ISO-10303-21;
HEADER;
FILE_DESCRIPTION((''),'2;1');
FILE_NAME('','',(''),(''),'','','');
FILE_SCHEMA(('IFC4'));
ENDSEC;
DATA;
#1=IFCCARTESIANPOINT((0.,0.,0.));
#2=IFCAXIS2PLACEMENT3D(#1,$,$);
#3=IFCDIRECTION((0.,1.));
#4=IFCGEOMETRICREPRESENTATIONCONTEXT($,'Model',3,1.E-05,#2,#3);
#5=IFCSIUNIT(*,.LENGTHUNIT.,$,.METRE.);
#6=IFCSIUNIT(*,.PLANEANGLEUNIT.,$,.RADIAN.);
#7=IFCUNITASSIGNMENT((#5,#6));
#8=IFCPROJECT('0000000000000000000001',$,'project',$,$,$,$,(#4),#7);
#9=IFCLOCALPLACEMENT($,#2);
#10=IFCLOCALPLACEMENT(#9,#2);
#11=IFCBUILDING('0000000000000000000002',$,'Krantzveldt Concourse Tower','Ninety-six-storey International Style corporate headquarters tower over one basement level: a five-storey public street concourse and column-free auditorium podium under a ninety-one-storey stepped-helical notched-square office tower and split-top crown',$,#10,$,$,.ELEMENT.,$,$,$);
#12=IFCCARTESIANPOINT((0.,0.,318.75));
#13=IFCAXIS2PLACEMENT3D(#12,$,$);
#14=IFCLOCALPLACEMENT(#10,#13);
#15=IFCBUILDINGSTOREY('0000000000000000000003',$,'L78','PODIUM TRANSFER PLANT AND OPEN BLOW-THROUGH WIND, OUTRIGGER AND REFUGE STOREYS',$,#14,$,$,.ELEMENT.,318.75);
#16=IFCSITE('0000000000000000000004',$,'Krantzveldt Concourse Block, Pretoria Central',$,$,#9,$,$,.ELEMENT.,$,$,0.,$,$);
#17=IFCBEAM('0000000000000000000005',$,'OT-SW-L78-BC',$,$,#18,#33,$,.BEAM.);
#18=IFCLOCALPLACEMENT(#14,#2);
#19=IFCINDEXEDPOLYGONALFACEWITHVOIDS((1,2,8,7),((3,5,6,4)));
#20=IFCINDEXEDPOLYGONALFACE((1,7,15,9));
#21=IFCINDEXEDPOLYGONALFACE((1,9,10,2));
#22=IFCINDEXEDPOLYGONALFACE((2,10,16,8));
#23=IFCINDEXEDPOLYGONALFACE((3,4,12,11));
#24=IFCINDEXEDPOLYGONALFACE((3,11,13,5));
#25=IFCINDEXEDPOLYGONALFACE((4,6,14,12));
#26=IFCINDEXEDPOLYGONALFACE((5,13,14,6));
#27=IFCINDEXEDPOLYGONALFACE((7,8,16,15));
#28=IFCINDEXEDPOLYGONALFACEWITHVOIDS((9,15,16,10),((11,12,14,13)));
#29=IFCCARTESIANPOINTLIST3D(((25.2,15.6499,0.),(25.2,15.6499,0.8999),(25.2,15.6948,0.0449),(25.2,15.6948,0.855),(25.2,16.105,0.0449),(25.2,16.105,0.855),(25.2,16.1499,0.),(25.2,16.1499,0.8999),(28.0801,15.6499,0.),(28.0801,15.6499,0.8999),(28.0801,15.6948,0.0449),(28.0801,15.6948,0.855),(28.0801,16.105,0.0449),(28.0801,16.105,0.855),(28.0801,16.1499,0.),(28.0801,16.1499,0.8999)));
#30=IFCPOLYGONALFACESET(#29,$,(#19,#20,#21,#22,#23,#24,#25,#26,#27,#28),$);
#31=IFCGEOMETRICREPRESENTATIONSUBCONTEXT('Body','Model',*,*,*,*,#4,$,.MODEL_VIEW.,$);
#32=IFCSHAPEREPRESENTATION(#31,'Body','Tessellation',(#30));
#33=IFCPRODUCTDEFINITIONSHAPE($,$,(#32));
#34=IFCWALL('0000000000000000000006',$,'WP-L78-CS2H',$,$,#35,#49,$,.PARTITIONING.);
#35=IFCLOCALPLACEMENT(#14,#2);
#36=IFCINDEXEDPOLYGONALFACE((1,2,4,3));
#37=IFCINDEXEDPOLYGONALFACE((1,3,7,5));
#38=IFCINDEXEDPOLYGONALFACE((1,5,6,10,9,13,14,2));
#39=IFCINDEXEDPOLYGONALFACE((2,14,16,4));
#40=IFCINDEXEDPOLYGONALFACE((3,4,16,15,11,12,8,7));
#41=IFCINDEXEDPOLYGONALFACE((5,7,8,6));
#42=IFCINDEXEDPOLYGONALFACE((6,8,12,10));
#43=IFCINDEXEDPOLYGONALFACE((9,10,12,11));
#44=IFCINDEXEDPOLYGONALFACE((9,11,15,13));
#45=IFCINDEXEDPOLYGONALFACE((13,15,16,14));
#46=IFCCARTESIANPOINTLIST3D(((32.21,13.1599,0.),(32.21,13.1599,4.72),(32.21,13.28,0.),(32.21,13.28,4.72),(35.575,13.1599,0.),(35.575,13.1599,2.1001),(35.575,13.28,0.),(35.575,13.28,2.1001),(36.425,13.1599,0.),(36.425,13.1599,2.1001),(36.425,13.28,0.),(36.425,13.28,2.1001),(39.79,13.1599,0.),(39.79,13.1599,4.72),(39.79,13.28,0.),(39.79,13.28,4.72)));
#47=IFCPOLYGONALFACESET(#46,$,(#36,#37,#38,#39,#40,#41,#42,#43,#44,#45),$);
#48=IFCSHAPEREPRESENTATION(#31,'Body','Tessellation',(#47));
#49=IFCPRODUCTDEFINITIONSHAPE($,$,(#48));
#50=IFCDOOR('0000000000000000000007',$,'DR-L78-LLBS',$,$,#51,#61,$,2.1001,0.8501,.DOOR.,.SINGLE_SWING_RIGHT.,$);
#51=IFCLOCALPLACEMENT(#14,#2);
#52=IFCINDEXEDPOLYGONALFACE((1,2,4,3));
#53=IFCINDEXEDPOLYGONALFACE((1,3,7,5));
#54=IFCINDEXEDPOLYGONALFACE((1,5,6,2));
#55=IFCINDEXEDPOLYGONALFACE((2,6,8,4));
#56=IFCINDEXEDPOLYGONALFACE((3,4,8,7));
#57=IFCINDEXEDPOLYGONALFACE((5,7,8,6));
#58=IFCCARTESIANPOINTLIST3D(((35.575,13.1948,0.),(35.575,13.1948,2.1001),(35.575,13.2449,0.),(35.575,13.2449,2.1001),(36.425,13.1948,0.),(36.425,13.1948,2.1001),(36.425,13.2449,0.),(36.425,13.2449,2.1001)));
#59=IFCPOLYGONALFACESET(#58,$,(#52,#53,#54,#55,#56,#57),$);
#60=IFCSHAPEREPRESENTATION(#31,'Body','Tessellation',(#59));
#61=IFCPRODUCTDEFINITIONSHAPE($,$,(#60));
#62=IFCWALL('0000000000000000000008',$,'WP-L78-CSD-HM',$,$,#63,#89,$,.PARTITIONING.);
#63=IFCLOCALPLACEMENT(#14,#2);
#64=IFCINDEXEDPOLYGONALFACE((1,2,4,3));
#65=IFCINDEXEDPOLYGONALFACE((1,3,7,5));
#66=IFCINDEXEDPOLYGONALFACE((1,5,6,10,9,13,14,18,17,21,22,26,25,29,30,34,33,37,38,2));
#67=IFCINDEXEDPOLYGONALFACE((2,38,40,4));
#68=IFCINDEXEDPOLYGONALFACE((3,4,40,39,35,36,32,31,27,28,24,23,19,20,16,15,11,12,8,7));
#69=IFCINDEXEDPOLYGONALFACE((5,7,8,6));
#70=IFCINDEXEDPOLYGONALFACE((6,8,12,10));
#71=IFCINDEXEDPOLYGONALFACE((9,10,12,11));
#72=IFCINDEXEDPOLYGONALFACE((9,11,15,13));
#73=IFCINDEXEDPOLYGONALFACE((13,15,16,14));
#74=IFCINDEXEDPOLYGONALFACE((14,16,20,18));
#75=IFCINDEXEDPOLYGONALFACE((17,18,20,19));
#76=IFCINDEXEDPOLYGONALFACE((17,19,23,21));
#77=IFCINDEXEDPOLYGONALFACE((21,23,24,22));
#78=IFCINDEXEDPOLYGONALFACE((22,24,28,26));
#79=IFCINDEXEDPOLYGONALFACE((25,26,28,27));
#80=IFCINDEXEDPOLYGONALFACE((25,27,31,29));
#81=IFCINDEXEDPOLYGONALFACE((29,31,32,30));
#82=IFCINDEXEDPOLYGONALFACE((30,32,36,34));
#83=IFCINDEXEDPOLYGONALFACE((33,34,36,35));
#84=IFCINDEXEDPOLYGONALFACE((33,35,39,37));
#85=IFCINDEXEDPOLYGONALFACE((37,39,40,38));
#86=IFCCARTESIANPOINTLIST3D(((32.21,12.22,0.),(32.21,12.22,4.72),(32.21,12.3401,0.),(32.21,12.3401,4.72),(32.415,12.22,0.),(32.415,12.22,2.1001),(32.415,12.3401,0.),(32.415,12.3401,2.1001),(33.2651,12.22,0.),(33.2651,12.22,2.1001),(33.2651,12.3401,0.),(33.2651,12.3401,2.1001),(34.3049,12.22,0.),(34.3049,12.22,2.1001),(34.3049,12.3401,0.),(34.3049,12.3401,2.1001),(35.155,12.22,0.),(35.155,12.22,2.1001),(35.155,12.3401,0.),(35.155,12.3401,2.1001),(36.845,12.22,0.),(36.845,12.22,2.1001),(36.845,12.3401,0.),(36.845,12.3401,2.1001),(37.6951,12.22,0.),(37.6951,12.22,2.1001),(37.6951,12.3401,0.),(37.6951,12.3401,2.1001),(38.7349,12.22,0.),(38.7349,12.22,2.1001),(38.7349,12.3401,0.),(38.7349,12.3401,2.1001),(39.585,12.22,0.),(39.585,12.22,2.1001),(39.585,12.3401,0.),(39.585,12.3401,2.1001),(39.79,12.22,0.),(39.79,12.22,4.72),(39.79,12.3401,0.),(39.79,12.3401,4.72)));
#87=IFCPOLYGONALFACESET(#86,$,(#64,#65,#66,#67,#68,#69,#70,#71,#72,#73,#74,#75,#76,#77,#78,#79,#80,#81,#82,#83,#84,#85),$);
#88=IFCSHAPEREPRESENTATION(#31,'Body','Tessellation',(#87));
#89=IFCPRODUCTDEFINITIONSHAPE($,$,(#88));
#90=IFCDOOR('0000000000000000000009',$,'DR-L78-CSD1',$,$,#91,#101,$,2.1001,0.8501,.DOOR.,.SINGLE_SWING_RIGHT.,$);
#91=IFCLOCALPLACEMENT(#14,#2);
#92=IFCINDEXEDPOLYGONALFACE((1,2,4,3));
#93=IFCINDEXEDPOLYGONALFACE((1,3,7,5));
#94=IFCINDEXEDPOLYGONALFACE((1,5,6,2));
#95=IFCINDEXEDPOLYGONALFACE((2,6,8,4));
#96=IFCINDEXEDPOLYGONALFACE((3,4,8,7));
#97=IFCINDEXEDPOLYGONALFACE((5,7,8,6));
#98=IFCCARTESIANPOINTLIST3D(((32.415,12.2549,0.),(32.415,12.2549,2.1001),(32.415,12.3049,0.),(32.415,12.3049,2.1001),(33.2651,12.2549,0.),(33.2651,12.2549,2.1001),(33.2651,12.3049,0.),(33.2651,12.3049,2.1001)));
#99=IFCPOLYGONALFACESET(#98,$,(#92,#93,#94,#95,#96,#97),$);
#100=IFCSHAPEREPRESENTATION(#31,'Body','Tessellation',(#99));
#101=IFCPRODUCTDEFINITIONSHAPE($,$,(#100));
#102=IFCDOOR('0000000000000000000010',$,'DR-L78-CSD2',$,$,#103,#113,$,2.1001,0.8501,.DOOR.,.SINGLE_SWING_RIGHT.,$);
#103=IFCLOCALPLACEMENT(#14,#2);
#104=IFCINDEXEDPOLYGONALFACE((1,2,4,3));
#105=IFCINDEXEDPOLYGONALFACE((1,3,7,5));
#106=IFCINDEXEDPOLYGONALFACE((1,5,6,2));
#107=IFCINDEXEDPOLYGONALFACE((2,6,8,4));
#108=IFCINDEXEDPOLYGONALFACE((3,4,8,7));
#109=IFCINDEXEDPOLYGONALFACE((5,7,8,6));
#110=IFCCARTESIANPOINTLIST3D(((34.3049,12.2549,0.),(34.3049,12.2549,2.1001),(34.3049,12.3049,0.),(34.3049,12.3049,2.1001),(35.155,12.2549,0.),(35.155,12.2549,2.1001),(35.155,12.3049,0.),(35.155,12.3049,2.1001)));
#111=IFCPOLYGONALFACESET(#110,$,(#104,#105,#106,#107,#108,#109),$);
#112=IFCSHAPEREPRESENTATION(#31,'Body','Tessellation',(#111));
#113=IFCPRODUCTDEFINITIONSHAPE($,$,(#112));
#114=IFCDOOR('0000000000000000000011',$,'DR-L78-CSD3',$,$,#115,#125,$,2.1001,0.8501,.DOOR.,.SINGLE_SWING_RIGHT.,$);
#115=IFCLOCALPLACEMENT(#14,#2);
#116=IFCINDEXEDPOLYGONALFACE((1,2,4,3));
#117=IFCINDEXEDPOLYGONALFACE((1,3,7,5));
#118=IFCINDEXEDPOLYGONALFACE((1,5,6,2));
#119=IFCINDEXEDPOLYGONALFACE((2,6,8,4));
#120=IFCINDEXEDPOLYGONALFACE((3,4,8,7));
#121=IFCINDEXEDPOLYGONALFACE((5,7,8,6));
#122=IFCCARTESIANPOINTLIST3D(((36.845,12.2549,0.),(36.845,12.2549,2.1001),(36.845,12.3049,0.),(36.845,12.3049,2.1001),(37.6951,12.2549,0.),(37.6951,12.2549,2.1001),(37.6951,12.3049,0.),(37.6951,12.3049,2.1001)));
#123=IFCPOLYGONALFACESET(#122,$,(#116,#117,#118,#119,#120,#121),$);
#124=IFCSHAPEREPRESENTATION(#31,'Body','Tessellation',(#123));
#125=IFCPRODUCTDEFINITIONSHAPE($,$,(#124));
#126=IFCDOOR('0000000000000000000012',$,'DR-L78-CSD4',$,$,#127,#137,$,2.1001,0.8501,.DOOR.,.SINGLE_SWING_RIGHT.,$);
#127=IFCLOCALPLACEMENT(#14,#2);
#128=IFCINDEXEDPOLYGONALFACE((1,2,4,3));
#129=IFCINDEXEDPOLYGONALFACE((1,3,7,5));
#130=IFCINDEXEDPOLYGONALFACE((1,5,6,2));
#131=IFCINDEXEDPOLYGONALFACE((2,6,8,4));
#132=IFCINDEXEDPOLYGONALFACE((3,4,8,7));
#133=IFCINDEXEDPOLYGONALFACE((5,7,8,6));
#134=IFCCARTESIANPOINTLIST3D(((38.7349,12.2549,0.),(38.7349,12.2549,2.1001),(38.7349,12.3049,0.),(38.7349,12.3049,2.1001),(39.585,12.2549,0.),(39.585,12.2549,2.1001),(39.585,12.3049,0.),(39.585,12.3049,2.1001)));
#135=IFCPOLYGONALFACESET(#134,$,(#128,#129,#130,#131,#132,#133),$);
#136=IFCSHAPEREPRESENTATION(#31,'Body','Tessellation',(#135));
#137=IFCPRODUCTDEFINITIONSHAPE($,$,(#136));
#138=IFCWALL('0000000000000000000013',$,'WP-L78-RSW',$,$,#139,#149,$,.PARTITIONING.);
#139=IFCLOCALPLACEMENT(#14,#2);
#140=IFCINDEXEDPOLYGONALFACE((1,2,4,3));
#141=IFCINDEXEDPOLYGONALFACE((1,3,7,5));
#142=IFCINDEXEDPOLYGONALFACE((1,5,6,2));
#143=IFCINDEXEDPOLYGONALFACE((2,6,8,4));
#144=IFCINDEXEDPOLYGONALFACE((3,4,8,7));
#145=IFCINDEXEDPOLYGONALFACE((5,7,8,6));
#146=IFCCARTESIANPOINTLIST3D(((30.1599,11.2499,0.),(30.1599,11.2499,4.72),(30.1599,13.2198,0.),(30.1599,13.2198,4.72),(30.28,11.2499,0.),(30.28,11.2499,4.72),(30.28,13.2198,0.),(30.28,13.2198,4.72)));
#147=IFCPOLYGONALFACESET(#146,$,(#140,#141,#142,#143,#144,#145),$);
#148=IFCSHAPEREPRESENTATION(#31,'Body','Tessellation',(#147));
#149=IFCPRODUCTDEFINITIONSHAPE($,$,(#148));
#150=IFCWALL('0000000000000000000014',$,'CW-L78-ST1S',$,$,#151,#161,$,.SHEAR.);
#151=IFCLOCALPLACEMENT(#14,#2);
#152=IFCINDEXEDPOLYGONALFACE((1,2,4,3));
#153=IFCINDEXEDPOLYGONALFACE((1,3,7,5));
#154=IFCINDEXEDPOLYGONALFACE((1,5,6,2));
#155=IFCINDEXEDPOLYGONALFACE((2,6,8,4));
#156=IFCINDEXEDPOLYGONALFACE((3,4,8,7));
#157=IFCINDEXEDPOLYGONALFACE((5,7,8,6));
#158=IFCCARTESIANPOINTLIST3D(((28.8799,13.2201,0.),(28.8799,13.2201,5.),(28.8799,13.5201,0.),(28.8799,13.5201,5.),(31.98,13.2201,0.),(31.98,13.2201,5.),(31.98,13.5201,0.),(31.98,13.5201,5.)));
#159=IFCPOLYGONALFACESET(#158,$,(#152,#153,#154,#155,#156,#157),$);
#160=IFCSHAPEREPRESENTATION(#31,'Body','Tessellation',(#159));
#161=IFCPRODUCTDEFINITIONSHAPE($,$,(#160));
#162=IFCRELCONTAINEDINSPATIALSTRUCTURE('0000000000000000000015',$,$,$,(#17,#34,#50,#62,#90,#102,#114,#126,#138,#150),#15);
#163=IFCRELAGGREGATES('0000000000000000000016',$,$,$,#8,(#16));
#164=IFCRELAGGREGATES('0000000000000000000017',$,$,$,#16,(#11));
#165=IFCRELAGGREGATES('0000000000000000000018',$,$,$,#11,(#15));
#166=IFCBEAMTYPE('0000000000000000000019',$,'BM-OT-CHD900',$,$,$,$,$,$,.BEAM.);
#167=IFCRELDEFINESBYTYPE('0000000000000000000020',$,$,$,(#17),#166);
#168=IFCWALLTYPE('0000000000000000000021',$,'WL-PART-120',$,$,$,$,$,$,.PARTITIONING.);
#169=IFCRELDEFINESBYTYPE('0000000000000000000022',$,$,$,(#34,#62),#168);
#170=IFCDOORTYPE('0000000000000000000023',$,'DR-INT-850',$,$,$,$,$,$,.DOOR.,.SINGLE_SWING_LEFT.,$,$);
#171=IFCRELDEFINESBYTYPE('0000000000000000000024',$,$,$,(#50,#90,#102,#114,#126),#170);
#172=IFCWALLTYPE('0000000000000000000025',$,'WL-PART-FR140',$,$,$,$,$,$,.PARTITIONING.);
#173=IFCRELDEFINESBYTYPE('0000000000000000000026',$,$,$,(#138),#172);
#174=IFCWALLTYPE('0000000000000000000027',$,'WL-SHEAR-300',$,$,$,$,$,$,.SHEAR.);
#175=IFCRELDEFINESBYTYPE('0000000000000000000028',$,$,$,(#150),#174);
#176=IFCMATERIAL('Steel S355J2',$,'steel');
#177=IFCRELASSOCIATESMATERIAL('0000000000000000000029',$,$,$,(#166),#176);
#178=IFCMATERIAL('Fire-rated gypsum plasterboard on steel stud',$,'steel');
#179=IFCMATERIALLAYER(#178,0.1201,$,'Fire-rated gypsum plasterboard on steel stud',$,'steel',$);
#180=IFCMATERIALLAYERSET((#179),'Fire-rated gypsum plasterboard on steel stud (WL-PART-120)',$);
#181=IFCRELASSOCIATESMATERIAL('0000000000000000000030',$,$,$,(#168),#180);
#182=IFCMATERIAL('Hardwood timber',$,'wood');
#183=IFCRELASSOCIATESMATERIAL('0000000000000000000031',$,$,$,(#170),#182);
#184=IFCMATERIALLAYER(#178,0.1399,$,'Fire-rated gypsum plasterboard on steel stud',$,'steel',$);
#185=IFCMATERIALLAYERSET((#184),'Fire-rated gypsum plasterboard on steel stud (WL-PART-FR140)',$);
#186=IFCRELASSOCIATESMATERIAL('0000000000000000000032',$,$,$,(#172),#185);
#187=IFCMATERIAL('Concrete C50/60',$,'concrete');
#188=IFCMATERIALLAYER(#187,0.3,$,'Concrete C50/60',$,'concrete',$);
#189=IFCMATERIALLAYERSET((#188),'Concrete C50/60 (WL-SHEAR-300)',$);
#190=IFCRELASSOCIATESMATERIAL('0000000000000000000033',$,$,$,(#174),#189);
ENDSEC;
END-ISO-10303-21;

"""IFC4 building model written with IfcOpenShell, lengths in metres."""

from ifc_helpers import new_model, si_unit, direction, frame, frame_2d, origin, origin_2d, place, context, subcontext, project, spatial, rectangle, hollow_rectangle, extrude, source, transform, mapped, material, layer, layer_set, material_profile, profile_set, type_object, type_shapes, element, fill, save


model = new_model("IFC4")

# Units and contexts
model_context = context("Model", 3, precision=1e-05, world=origin(), true_north=direction((0.0, 1.0)))
body_context = subcontext(model_context, "Body", "Model", "MODEL_VIEW")
ifc_project = project(units=[si_unit("LENGTHUNIT", "METRE"), si_unit("PLANEANGLEUNIT", "RADIAN")], contexts=[model_context])

# Site, building, storey
site_placement = place(None, origin())
site = spatial("IfcSite", under=ifc_project, at=site_placement, Name="Krantzveldt Concourse Block, Pretoria Central", CompositionType="ELEMENT", RefElevation=0.0)
building_placement = place(site_placement, origin())
building = spatial("IfcBuilding", under=site, at=building_placement, Name="Krantzveldt Concourse Tower", Description="Ninety-six-storey International Style corporate headquarters tower over one basement level: a five-storey public street concourse and column-free auditorium podium under a ninety-one-storey stepped-helical notched-square office tower and split-top crown", CompositionType="ELEMENT")
storey_placement = place(building_placement, frame((0.0, 0.0, 318.75)))
storey = spatial("IfcBuildingStorey", under=building, at=storey_placement, Name="L78", Description="PODIUM TRANSFER PLANT AND OPEN BLOW-THROUGH WIND, OUTRIGGER AND REFUGE STOREYS", CompositionType="ELEMENT", Elevation=318.75)

# Beam
ifc_material_1 = material(Name="Steel S355J2", Category="steel")
ifc_material_profile = material_profile(ifc_material_1, hollow_rectangle(XDim=0.5, YDim=0.8999, WallThickness=0.0449, at=origin_2d()), Name="Steel S355J2", Category="steel")
ifc_profile_set = profile_set([ifc_material_profile], Name="Steel S355J2 - RHS 900x500x45")
beam_type = type_object("IfcBeamType", Name="BM-OT-CHD900", PredefinedType="BEAM", material=ifc_profile_set)
shared_shape_1 = source(origin(), body_context, "Body", "SweptSolid", [
    extrude(hollow_rectangle(XDim=0.5, YDim=0.8999, WallThickness=0.0449, at=origin_2d()), origin(), (0.0, 0.0, 1.0), 2.8801),
])
type_shapes(beam_type, [shared_shape_1])
beam_placement = place(storey_placement, frame((28.0801, 15.8999, 0.45), z_axis=(-1.0, 0.0, 0.0), x_axis=(0.0, -1.0, 0.0)))
element("IfcBeam", 1, at=beam_placement, inside=storey, type_object=beam_type, Name="OT-SW-L78-BC", PredefinedType="BEAM", context=body_context, shape_type="MappedRepresentation", body=[
    mapped(shared_shape_1, transform((0.0, 0.0, 0.0), x_axis=(1.0, 0.0, 0.0), y_axis=(0.0, 1.0, 0.0), z_axis=(0.0, 0.0, 1.0), scale=1.0)),
])

# Wall, opening, door
ifc_material_2 = material(Name="Fire-rated gypsum plasterboard on steel stud", Category="steel")
ifc_layer_1 = layer(ifc_material_2, 0.1201, Name="Fire-rated gypsum plasterboard on steel stud", Category="steel")
ifc_layer_set_1 = layer_set([ifc_layer_1], Name="Fire-rated gypsum plasterboard on steel stud (WL-PART-120)")
wall_type_1 = type_object("IfcWallType", Name="WL-PART-120", PredefinedType="PARTITIONING", material=ifc_layer_set_1)
wall_1_placement = place(storey_placement, frame((32.21, 13.22, 0.0), z_axis=(0.0, 0.0, 1.0), x_axis=(1.0, 0.0, 0.0)))
wall_1 = element("IfcWall", 2, at=wall_1_placement, inside=storey, type_object=wall_type_1, Name="WP-L78-CS2H", PredefinedType="PARTITIONING", context=body_context, shape_type="SweptSolid", body=[
    extrude(rectangle(XDim=7.5801, YDim=0.1201, at=frame_2d((3.79, 0.0))), origin(), (0.0, 0.0, 1.0), 4.72),
])
opening_1_placement = place(wall_1_placement, frame((3.365, 0.0, 0.0)))
opening_1 = element("IfcOpeningElement", 3, at=opening_1_placement, cuts=wall_1, PredefinedType="OPENING", context=body_context, shape_type="SweptSolid", body=[
    extrude(rectangle(XDim=0.8501, YDim=2.1001, at=frame_2d((0.425, 1.05))), frame((0.0, 0.0701, 0.0), z_axis=(0.0, -1.0, 0.0), x_axis=(1.0, 0.0, 0.0)), (0.0, 0.0, 1.0), 0.1401),
])
ifc_material_3 = material(Name="Hardwood timber", Category="wood")
door_type_1 = type_object("IfcDoorType", Name="DR-INT-850", OperationType="SINGLE_SWING_LEFT", PredefinedType="DOOR", material=ifc_material_3)
door_1_placement = place(opening_1_placement, origin())
door_1 = element("IfcDoor", 4, at=door_1_placement, inside=storey, type_object=door_type_1, Name="DR-L78-LLBS", OperationType="SINGLE_SWING_RIGHT", OverallHeight=2.1001, OverallWidth=0.8501, PredefinedType="DOOR", context=body_context, shape_type="SweptSolid", body=[
    extrude(rectangle(XDim=0.8501, YDim=2.1001, at=frame_2d((0.425, 1.05))), frame((0.0, 0.0249, 0.0), z_axis=(0.0, -1.0, 0.0), x_axis=(1.0, 0.0, 0.0)), (0.0, 0.0, 1.0), 0.05),
])
fill(opening_1, door_1)

# Wall, openings, doors
wall_2_placement = place(storey_placement, frame((32.21, 12.28, 0.0), z_axis=(0.0, 0.0, 1.0), x_axis=(1.0, 0.0, 0.0)))
wall_2 = element("IfcWall", 5, at=wall_2_placement, inside=storey, type_object=wall_type_1, Name="WP-L78-CSD-HM", PredefinedType="PARTITIONING", context=body_context, shape_type="SweptSolid", body=[
    extrude(rectangle(XDim=7.5801, YDim=0.1201, at=frame_2d((3.79, 0.0))), origin(), (0.0, 0.0, 1.0), 4.72),
])
opening_2_placement = place(wall_2_placement, frame((0.2051, 0.0, 0.0)))
opening_2 = element("IfcOpeningElement", 6, at=opening_2_placement, cuts=wall_2, PredefinedType="OPENING", context=body_context, shape_type="SweptSolid", body=[
    extrude(rectangle(XDim=0.8501, YDim=2.1001, at=frame_2d((0.425, 1.05))), frame((0.0, 0.0701, 0.0), z_axis=(0.0, -1.0, 0.0), x_axis=(1.0, 0.0, 0.0)), (0.0, 0.0, 1.0), 0.1401),
])
opening_3_placement = place(wall_2_placement, frame((2.095, 0.0, 0.0)))
opening_3 = element("IfcOpeningElement", 7, at=opening_3_placement, cuts=wall_2, PredefinedType="OPENING", context=body_context, shape_type="SweptSolid", body=[
    extrude(rectangle(XDim=0.8501, YDim=2.1001, at=frame_2d((0.425, 1.05))), frame((0.0, 0.0701, 0.0), z_axis=(0.0, -1.0, 0.0), x_axis=(1.0, 0.0, 0.0)), (0.0, 0.0, 1.0), 0.1401),
])
opening_4_placement = place(wall_2_placement, frame((4.635, 0.0, 0.0)))
opening_4 = element("IfcOpeningElement", 8, at=opening_4_placement, cuts=wall_2, PredefinedType="OPENING", context=body_context, shape_type="SweptSolid", body=[
    extrude(rectangle(XDim=0.8501, YDim=2.1001, at=frame_2d((0.425, 1.05))), frame((0.0, 0.0701, 0.0), z_axis=(0.0, -1.0, 0.0), x_axis=(1.0, 0.0, 0.0)), (0.0, 0.0, 1.0), 0.1401),
])
opening_5_placement = place(wall_2_placement, frame((6.5249, 0.0, 0.0)))
opening_5 = element("IfcOpeningElement", 9, at=opening_5_placement, cuts=wall_2, PredefinedType="OPENING", context=body_context, shape_type="SweptSolid", body=[
    extrude(rectangle(XDim=0.8501, YDim=2.1001, at=frame_2d((0.425, 1.05))), frame((0.0, 0.0701, 0.0), z_axis=(0.0, -1.0, 0.0), x_axis=(1.0, 0.0, 0.0)), (0.0, 0.0, 1.0), 0.1401),
])
door_2_placement = place(opening_2_placement, origin())
door_2 = element("IfcDoor", 10, at=door_2_placement, inside=storey, type_object=door_type_1, Name="DR-L78-CSD1", OperationType="SINGLE_SWING_RIGHT", OverallHeight=2.1001, OverallWidth=0.8501, PredefinedType="DOOR", context=body_context, shape_type="SweptSolid", body=[
    extrude(rectangle(XDim=0.8501, YDim=2.1001, at=frame_2d((0.425, 1.05))), frame((0.0, 0.0249, 0.0), z_axis=(0.0, -1.0, 0.0), x_axis=(1.0, 0.0, 0.0)), (0.0, 0.0, 1.0), 0.05),
])
fill(opening_2, door_2)
door_3_placement = place(opening_3_placement, origin())
door_3 = element("IfcDoor", 11, at=door_3_placement, inside=storey, type_object=door_type_1, Name="DR-L78-CSD2", OperationType="SINGLE_SWING_RIGHT", OverallHeight=2.1001, OverallWidth=0.8501, PredefinedType="DOOR", context=body_context, shape_type="SweptSolid", body=[
    extrude(rectangle(XDim=0.8501, YDim=2.1001, at=frame_2d((0.425, 1.05))), frame((0.0, 0.0249, 0.0), z_axis=(0.0, -1.0, 0.0), x_axis=(1.0, 0.0, 0.0)), (0.0, 0.0, 1.0), 0.05),
])
fill(opening_3, door_3)
door_4_placement = place(opening_4_placement, origin())
door_4 = element("IfcDoor", 12, at=door_4_placement, inside=storey, type_object=door_type_1, Name="DR-L78-CSD3", OperationType="SINGLE_SWING_RIGHT", OverallHeight=2.1001, OverallWidth=0.8501, PredefinedType="DOOR", context=body_context, shape_type="SweptSolid", body=[
    extrude(rectangle(XDim=0.8501, YDim=2.1001, at=frame_2d((0.425, 1.05))), frame((0.0, 0.0249, 0.0), z_axis=(0.0, -1.0, 0.0), x_axis=(1.0, 0.0, 0.0)), (0.0, 0.0, 1.0), 0.05),
])
fill(opening_4, door_4)
door_5_placement = place(opening_5_placement, origin())
door_5 = element("IfcDoor", 13, at=door_5_placement, inside=storey, type_object=door_type_1, Name="DR-L78-CSD4", OperationType="SINGLE_SWING_RIGHT", OverallHeight=2.1001, OverallWidth=0.8501, PredefinedType="DOOR", context=body_context, shape_type="SweptSolid", body=[
    extrude(rectangle(XDim=0.8501, YDim=2.1001, at=frame_2d((0.425, 1.05))), frame((0.0, 0.0249, 0.0), z_axis=(0.0, -1.0, 0.0), x_axis=(1.0, 0.0, 0.0)), (0.0, 0.0, 1.0), 0.05),
])
fill(opening_5, door_5)

# Walls
ifc_layer_2 = layer(ifc_material_2, 0.1399, Name="Fire-rated gypsum plasterboard on steel stud", Category="steel")
ifc_layer_set_2 = layer_set([ifc_layer_2], Name="Fire-rated gypsum plasterboard on steel stud (WL-PART-FR140)")
wall_type_2 = type_object("IfcWallType", Name="WL-PART-FR140", PredefinedType="PARTITIONING", material=ifc_layer_set_2)
wall_3_placement = place(storey_placement, frame((30.22, 11.25, 0.0), z_axis=(0.0, 0.0, 1.0), x_axis=(0.0, 1.0, 0.0)))
element("IfcWall", 14, at=wall_3_placement, inside=storey, type_object=wall_type_2, Name="WP-L78-RSW", PredefinedType="PARTITIONING", context=body_context, shape_type="SweptSolid", body=[
    extrude(rectangle(XDim=1.97, YDim=0.1201, at=frame_2d((0.9849, 0.0))), origin(), (0.0, 0.0, 1.0), 4.72),
])
ifc_material_4 = material(Name="Concrete C50/60", Category="concrete")
ifc_layer_3 = layer(ifc_material_4, 0.3, Name="Concrete C50/60", Category="concrete")
ifc_layer_set_3 = layer_set([ifc_layer_3], Name="Concrete C50/60 (WL-SHEAR-300)")
wall_type_3 = type_object("IfcWallType", Name="WL-SHEAR-300", PredefinedType="SHEAR", material=ifc_layer_set_3)
wall_4_placement = place(storey_placement, frame((28.8799, 13.3701, 0.0), z_axis=(0.0, 0.0, 1.0), x_axis=(1.0, 0.0, 0.0)))
element("IfcWall", 15, at=wall_4_placement, inside=storey, type_object=wall_type_3, Name="CW-L78-ST1S", PredefinedType="SHEAR", context=body_context, shape_type="SweptSolid", body=[
    extrude(rectangle(XDim=3.1001, YDim=0.3, at=frame_2d((1.55, 0.0))), origin(), (0.0, 0.0, 1.0), 5.0),
])

save(model, "model.ifc")
